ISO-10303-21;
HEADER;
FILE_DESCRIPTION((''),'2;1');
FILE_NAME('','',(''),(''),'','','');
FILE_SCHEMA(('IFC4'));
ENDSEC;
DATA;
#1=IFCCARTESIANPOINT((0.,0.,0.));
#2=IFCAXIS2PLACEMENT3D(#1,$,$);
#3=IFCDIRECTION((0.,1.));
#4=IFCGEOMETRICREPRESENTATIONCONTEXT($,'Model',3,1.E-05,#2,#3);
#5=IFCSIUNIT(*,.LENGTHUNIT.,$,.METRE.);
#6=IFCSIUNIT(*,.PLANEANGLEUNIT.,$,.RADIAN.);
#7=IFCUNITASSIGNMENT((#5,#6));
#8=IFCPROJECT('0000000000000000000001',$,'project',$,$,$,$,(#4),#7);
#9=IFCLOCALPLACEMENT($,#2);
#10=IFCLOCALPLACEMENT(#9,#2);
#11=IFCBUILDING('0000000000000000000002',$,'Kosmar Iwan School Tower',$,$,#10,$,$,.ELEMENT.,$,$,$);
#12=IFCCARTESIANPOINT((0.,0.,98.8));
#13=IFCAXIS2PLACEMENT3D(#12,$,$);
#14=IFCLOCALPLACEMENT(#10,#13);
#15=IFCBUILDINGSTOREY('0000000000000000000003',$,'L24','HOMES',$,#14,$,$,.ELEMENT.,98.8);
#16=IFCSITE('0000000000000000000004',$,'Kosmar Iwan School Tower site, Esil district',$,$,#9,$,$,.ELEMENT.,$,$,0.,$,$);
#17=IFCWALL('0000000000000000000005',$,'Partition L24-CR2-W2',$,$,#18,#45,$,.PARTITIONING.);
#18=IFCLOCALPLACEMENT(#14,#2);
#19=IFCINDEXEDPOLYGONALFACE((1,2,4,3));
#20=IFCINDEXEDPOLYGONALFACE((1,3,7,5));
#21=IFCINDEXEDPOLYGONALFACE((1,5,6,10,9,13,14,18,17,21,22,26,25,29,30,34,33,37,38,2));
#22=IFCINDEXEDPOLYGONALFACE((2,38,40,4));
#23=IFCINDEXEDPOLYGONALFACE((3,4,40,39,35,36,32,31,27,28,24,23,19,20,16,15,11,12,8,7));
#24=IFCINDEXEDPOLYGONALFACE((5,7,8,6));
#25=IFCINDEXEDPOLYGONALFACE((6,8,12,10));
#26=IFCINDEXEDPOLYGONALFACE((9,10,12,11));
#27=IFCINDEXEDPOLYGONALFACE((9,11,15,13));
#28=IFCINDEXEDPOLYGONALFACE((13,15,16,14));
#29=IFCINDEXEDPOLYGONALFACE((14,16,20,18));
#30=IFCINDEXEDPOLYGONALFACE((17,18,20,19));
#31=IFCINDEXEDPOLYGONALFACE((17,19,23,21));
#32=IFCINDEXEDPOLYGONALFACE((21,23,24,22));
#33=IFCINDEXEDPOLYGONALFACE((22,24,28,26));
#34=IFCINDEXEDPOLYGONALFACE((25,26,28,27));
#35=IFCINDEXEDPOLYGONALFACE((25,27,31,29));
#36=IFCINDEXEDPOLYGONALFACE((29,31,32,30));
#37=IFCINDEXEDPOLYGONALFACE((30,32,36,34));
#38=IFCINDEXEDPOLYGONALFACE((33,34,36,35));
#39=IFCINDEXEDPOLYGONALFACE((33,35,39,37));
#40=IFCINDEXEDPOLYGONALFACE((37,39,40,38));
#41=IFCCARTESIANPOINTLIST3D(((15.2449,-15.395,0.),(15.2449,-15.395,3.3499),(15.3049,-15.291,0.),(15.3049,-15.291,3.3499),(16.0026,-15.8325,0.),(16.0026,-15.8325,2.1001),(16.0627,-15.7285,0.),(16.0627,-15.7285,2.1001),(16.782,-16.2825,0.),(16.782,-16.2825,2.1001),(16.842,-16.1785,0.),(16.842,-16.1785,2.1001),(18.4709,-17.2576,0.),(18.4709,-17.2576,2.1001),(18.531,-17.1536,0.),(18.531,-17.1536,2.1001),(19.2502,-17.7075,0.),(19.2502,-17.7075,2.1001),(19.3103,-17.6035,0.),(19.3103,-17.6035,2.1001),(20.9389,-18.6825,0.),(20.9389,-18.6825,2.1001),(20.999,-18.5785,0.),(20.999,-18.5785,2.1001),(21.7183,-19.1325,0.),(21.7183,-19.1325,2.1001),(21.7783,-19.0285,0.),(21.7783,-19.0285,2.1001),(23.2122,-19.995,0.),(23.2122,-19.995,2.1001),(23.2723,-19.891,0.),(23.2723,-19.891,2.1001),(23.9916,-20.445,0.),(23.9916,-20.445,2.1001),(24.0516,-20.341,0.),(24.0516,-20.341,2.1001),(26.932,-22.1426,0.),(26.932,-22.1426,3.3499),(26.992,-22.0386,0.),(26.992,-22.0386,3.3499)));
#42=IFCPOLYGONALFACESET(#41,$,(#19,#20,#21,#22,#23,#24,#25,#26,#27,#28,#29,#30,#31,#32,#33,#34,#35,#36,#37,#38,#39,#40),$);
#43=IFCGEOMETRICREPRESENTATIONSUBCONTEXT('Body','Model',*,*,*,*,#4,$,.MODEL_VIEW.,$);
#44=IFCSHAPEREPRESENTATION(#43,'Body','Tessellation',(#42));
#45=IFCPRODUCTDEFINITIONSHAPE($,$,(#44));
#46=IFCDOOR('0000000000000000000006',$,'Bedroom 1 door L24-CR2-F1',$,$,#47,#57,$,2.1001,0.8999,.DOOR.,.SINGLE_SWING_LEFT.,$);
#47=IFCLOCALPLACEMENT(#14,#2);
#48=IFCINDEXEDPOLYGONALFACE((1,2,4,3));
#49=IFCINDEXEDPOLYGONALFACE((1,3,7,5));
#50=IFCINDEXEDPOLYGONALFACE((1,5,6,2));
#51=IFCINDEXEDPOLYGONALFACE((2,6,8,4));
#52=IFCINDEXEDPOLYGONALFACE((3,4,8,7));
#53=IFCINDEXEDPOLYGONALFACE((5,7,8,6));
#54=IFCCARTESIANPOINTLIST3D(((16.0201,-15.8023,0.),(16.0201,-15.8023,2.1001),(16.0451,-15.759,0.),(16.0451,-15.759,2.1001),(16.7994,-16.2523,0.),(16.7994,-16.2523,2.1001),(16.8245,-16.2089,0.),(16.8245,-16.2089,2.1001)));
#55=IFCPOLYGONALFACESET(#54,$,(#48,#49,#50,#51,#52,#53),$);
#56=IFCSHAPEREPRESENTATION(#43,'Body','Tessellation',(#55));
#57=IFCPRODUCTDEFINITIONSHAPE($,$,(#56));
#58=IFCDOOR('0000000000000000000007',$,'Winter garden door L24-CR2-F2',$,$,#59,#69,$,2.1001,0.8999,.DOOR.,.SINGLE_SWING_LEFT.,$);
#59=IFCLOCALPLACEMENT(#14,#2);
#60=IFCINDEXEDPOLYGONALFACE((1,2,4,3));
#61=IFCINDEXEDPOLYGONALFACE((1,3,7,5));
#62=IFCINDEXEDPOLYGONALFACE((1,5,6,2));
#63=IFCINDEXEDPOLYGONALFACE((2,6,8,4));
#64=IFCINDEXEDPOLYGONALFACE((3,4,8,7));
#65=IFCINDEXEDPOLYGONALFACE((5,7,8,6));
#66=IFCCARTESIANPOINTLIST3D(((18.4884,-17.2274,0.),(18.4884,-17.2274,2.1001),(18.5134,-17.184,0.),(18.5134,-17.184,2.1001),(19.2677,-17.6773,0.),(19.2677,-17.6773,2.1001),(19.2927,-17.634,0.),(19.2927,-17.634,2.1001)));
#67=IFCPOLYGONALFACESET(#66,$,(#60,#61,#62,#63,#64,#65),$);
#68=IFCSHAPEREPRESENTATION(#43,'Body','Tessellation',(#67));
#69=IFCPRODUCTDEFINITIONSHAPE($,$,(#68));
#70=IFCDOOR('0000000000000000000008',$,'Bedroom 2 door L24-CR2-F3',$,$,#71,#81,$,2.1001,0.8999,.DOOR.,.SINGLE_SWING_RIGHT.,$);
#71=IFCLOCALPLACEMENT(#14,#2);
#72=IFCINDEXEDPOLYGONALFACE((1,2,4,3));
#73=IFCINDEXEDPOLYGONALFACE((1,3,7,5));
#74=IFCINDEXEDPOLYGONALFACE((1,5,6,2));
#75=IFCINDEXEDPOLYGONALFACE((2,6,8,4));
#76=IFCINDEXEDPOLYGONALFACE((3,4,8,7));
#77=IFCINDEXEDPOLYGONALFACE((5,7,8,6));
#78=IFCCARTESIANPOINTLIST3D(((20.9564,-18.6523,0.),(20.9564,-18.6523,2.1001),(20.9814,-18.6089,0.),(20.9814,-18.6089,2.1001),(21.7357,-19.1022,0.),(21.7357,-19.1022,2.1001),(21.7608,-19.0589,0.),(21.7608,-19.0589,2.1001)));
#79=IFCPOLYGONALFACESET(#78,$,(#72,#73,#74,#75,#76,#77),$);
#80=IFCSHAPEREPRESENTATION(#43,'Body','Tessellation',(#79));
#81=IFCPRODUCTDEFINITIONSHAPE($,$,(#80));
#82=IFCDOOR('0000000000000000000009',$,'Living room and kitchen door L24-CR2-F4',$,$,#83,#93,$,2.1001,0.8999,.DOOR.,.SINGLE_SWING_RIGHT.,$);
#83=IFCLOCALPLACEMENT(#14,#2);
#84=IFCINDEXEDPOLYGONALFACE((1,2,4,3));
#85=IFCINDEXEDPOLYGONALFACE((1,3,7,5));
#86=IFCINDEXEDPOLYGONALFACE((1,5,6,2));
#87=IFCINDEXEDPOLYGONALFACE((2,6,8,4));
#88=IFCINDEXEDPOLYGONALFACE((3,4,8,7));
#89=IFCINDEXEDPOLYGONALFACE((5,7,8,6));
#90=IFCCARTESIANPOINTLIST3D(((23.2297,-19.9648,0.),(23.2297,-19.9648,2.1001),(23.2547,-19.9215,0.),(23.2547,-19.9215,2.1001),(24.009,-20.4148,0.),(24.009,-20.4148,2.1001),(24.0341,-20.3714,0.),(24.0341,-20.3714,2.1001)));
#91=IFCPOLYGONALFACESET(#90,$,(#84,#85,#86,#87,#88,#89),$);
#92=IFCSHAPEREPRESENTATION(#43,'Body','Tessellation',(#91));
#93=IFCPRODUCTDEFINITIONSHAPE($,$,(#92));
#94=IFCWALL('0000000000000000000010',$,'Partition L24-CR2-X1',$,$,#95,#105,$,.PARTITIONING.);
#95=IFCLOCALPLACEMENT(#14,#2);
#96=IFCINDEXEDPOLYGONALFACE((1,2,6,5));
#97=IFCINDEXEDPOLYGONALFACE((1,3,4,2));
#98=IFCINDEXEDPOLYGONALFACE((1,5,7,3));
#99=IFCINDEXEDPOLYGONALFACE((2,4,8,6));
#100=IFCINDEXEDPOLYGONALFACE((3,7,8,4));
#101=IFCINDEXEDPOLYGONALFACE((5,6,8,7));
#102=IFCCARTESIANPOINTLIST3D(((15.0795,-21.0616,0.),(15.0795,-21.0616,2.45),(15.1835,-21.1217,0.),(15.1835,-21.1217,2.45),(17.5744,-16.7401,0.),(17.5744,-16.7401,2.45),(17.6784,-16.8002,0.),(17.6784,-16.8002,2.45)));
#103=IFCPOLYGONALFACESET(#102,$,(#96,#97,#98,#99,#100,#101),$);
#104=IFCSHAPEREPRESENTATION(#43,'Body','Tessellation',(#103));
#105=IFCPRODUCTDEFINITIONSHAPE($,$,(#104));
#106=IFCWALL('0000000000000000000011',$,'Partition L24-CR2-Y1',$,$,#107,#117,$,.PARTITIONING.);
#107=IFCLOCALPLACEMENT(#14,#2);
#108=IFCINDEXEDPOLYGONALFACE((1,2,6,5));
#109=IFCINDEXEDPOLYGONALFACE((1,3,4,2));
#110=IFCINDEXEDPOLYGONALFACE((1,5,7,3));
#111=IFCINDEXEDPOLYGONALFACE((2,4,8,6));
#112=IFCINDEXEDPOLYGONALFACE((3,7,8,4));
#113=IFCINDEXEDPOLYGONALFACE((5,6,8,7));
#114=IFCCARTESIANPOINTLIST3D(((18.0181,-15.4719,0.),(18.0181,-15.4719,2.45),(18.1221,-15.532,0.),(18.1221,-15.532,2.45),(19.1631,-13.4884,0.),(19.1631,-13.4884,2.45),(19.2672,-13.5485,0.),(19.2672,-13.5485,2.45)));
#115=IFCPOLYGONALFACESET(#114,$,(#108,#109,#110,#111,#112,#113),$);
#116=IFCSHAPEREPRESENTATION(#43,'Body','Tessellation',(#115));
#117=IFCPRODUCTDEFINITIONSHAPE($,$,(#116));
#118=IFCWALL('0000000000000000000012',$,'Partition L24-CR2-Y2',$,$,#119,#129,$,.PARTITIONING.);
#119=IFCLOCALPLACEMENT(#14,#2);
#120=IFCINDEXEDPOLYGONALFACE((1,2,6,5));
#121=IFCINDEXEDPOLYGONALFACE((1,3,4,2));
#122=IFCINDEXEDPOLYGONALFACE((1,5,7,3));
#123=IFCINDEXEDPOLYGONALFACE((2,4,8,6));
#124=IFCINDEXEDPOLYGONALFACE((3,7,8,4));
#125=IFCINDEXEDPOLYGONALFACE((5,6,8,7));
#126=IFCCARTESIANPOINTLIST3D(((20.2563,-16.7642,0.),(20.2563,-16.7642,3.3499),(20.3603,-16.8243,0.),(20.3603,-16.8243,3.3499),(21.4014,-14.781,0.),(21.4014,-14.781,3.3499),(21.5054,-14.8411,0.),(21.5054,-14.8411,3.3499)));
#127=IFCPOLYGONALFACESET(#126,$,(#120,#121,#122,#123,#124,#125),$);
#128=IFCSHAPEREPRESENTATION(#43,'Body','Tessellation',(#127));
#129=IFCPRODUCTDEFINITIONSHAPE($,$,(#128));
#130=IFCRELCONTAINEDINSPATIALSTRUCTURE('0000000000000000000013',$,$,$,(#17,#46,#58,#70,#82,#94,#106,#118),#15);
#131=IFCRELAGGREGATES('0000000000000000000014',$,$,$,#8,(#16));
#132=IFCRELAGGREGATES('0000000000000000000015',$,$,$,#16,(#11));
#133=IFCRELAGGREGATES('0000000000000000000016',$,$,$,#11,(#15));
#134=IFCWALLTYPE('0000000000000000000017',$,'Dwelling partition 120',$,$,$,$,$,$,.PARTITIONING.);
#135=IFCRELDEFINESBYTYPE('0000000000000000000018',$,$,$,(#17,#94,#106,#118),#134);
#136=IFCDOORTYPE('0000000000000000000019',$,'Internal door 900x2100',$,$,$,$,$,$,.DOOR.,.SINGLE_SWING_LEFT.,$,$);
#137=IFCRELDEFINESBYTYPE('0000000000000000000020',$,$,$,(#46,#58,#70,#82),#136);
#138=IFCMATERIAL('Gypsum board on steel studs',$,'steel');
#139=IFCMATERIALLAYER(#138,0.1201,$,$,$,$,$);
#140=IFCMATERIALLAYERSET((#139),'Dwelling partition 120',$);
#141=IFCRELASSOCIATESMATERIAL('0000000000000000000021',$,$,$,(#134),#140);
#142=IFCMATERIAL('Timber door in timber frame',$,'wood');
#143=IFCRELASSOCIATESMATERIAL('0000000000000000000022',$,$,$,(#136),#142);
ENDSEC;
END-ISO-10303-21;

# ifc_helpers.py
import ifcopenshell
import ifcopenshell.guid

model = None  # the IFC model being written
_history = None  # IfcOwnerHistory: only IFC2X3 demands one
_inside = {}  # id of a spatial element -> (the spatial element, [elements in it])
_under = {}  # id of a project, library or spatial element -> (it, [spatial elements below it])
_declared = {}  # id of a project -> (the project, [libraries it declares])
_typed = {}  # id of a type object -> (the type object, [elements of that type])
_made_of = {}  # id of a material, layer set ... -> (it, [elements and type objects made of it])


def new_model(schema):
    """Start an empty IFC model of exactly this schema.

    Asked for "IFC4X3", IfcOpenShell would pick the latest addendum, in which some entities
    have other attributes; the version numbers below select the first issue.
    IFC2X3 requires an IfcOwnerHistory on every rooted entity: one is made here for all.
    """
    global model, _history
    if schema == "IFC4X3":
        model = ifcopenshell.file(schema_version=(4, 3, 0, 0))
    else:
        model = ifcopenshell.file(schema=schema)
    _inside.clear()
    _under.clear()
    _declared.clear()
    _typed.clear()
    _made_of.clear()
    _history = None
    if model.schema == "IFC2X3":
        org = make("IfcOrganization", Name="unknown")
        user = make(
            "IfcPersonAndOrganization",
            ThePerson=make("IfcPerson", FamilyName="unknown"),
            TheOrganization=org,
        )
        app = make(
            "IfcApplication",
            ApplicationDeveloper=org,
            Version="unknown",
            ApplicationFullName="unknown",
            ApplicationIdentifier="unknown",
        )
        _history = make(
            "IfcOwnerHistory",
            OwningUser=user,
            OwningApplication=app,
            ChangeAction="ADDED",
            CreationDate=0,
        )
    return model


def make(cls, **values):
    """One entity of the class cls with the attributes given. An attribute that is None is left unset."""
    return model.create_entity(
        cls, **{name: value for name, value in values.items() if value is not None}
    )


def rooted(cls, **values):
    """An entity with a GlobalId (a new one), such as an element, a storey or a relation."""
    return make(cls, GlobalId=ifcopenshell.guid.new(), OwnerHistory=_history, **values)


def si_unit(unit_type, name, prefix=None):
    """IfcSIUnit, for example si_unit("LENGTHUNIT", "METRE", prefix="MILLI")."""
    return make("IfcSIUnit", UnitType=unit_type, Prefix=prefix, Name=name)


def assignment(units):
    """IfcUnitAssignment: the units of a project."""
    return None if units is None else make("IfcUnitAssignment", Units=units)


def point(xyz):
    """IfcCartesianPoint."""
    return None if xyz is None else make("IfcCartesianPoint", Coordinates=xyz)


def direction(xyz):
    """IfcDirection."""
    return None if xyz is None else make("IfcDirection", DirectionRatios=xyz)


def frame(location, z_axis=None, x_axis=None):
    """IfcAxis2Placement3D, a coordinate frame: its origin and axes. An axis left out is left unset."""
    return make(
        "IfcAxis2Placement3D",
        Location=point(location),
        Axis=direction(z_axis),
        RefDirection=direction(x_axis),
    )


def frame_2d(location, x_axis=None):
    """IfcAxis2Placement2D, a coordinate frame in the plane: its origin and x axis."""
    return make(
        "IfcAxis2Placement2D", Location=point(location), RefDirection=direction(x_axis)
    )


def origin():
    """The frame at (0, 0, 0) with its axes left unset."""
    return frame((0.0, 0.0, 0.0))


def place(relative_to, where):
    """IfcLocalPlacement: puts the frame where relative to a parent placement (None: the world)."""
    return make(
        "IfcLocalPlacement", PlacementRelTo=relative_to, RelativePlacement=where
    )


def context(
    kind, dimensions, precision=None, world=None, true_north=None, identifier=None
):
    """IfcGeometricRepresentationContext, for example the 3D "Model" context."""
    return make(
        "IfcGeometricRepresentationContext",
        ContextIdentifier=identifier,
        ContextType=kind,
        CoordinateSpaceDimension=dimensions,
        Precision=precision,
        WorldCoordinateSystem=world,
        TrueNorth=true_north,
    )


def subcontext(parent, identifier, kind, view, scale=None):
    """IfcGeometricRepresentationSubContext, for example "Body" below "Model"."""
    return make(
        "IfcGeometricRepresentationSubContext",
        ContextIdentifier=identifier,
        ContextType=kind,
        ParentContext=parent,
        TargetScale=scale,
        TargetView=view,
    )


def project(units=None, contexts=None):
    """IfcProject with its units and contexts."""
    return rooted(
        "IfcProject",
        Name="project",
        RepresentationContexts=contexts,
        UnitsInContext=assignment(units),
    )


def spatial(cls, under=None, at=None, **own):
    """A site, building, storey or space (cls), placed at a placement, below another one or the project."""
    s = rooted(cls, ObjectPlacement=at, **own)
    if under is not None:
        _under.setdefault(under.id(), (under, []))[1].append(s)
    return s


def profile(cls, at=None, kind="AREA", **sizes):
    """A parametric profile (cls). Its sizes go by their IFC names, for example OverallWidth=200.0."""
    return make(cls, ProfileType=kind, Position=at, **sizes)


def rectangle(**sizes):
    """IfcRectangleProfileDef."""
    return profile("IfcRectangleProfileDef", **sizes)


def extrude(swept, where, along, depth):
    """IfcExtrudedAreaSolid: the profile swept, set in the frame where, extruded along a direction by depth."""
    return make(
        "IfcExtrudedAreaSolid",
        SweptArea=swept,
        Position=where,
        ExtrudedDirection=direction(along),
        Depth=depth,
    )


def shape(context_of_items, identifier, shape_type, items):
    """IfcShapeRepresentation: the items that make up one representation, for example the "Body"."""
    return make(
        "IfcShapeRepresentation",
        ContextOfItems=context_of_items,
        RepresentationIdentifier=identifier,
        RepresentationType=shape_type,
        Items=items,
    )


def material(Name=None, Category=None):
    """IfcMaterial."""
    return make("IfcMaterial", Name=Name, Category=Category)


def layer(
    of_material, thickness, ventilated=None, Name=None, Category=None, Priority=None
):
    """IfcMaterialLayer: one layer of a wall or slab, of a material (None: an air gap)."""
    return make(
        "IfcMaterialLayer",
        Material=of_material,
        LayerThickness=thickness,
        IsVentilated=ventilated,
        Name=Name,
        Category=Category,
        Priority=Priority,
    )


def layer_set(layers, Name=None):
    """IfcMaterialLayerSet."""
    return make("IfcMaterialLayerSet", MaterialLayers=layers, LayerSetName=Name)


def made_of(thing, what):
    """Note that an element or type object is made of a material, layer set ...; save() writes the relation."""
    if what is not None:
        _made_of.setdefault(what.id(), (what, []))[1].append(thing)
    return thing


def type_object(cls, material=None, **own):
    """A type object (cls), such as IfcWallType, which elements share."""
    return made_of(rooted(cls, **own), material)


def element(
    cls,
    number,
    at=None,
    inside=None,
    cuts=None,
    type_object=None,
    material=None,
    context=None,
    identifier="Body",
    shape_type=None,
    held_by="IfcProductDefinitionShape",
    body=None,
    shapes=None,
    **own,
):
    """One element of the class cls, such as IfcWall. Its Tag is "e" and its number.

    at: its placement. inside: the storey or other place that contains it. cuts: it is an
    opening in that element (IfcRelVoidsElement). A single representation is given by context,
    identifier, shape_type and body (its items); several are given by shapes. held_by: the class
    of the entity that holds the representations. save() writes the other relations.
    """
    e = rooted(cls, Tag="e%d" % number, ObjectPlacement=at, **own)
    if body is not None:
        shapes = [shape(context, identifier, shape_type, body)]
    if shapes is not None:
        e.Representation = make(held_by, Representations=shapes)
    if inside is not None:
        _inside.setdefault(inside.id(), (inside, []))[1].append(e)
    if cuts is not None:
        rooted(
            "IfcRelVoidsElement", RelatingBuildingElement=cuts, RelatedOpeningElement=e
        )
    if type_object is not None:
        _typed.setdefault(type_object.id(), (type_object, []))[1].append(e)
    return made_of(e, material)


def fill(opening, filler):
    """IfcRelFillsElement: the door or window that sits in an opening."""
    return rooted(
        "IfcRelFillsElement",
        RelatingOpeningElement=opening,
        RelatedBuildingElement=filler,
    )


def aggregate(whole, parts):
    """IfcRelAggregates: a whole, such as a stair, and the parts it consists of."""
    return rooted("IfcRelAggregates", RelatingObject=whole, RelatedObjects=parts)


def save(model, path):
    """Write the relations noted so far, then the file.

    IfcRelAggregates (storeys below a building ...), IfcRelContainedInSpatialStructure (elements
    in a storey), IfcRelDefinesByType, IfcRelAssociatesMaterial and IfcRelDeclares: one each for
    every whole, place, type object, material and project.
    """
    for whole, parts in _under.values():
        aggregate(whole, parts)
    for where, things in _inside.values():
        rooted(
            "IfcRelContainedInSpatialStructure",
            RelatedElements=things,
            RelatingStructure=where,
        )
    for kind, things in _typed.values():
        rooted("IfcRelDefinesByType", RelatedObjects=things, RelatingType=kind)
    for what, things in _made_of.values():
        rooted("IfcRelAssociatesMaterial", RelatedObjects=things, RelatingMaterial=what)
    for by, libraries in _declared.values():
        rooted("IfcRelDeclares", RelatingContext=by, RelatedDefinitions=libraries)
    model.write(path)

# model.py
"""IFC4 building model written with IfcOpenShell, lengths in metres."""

from ifc_helpers import new_model, si_unit, direction, frame, frame_2d, origin, place, context, subcontext, project, spatial, rectangle, extrude, material, layer, layer_set, type_object, element, fill, save


model = new_model("IFC4")

# Units and contexts
model_context = context("Model", 3, precision=1e-05, world=origin(), true_north=direction((0.0, 1.0)))
body_context = subcontext(model_context, "Body", "Model", "MODEL_VIEW")
ifc_project = project(units=[si_unit("LENGTHUNIT", "METRE"), si_unit("PLANEANGLEUNIT", "RADIAN")], contexts=[model_context])

# Site, building, storey
site_placement = place(None, origin())
site = spatial("IfcSite", under=ifc_project, at=site_placement, Name="Kosmar Iwan School Tower site, Esil district", CompositionType="ELEMENT", RefElevation=0.0)
building_placement = place(site_placement, origin())
building = spatial("IfcBuilding", under=site, at=building_placement, Name="Kosmar Iwan School Tower", CompositionType="ELEMENT")
storey_placement = place(building_placement, frame((0.0, 0.0, 98.8)))
storey = spatial("IfcBuildingStorey", under=building, at=storey_placement, Name="L24", Description="HOMES", CompositionType="ELEMENT", Elevation=98.8)

# Wall, openings, doors
ifc_material_1 = material(Name="Gypsum board on steel studs", Category="steel")
ifc_layer_1 = layer(ifc_material_1, 0.1201)
ifc_layer_set_1 = layer_set([ifc_layer_1], Name="Dwelling partition 120")
wall_type_1 = type_object("IfcWallType", Name="Dwelling partition 120", PredefinedType="PARTITIONING", material=ifc_layer_set_1)
ifc_material_2 = material(Name="Timber door in timber frame", Category="wood")
door_type_1 = type_object("IfcDoorType", Name="Internal door 900x2100", OperationType="SINGLE_SWING_LEFT", PredefinedType="DOOR", material=ifc_material_2)
wall_1_placement = place(storey_placement, frame((15.2749, -15.343, 0.0), z_axis=(0.0, 0.0, 1.0), x_axis=(0.866024, -0.500003, 0.0)))
wall_1 = element("IfcWall", 1, at=wall_1_placement, inside=storey, type_object=wall_type_1, Name="Partition L24-CR2-W2", PredefinedType="PARTITIONING", context=body_context, shape_type="SweptSolid", body=[
    extrude(rectangle(XDim=13.4951, YDim=0.1201, at=frame_2d((6.7476, 0.0))), origin(), (0.0, 0.0, 1.0), 3.3499),
])
opening_1_placement = place(wall_1_placement, frame((0.875, 0.0, 0.0)))
opening_1 = element("IfcOpeningElement", 2, at=opening_1_placement, cuts=wall_1, PredefinedType="OPENING", context=body_context, shape_type="SweptSolid", body=[
    extrude(rectangle(XDim=0.8999, YDim=2.1001, at=frame_2d((0.45, 1.05))), frame((0.0, 0.072, 0.0), z_axis=(0.0, -1.0, 0.0), x_axis=(1.0, 0.0, 0.0)), (0.0, 0.0, 1.0), 0.144),
])
opening_2_placement = place(wall_1_placement, frame((3.7251, 0.0, 0.0)))
opening_2 = element("IfcOpeningElement", 3, at=opening_2_placement, cuts=wall_1, PredefinedType="OPENING", context=body_context, shape_type="SweptSolid", body=[
    extrude(rectangle(XDim=0.8999, YDim=2.1001, at=frame_2d((0.45, 1.05))), frame((0.0, 0.072, 0.0), z_axis=(0.0, -1.0, 0.0), x_axis=(1.0, 0.0, 0.0)), (0.0, 0.0, 1.0), 0.144),
])
opening_3_placement = place(wall_1_placement, frame((6.575, 0.0, 0.0)))
opening_3 = element("IfcOpeningElement", 4, at=opening_3_placement, cuts=wall_1, PredefinedType="OPENING", context=body_context, shape_type="SweptSolid", body=[
    extrude(rectangle(XDim=0.8999, YDim=2.1001, at=frame_2d((0.45, 1.05))), frame((0.0, 0.072, 0.0), z_axis=(0.0, -1.0, 0.0), x_axis=(1.0, 0.0, 0.0)), (0.0, 0.0, 1.0), 0.144),
])
opening_4_placement = place(wall_1_placement, frame((9.2, 0.0, 0.0)))
opening_4 = element("IfcOpeningElement", 5, at=opening_4_placement, cuts=wall_1, PredefinedType="OPENING", context=body_context, shape_type="SweptSolid", body=[
    extrude(rectangle(XDim=0.8999, YDim=2.1001, at=frame_2d((0.45, 1.05))), frame((0.0, 0.072, 0.0), z_axis=(0.0, -1.0, 0.0), x_axis=(1.0, 0.0, 0.0)), (0.0, 0.0, 1.0), 0.144),
])
door_1_placement = place(opening_1_placement, origin())
door_1 = element("IfcDoor", 6, at=door_1_placement, inside=storey, type_object=door_type_1, Name="Bedroom 1 door L24-CR2-F1", OperationType="SINGLE_SWING_LEFT", OverallHeight=2.1001, OverallWidth=0.8999, PredefinedType="DOOR", context=body_context, shape_type="SweptSolid", body=[
    extrude(rectangle(XDim=0.8999, YDim=2.1001, at=frame_2d((0.45, 1.05))), frame((0.0, 0.0249, 0.0), z_axis=(0.0, -1.0, 0.0), x_axis=(1.0, 0.0, 0.0)), (0.0, 0.0, 1.0), 0.05),
])
fill(opening_1, door_1)
door_2_placement = place(opening_2_placement, origin())
door_2 = element("IfcDoor", 7, at=door_2_placement, inside=storey, type_object=door_type_1, Name="Winter garden door L24-CR2-F2", OperationType="SINGLE_SWING_LEFT", OverallHeight=2.1001, OverallWidth=0.8999, PredefinedType="DOOR", context=body_context, shape_type="SweptSolid", body=[
    extrude(rectangle(XDim=0.8999, YDim=2.1001, at=frame_2d((0.45, 1.05))), frame((0.0, 0.0249, 0.0), z_axis=(0.0, -1.0, 0.0), x_axis=(1.0, 0.0, 0.0)), (0.0, 0.0, 1.0), 0.05),
])
fill(opening_2, door_2)
door_3_placement = place(opening_3_placement, origin())
door_3 = element("IfcDoor", 8, at=door_3_placement, inside=storey, type_object=door_type_1, Name="Bedroom 2 door L24-CR2-F3", OperationType="SINGLE_SWING_RIGHT", OverallHeight=2.1001, OverallWidth=0.8999, PredefinedType="DOOR", context=body_context, shape_type="SweptSolid", body=[
    extrude(rectangle(XDim=0.8999, YDim=2.1001, at=frame_2d((0.45, 1.05))), frame((0.0, 0.0249, 0.0), z_axis=(0.0, -1.0, 0.0), x_axis=(1.0, 0.0, 0.0)), (0.0, 0.0, 1.0), 0.05),
])
fill(opening_3, door_3)
door_4_placement = place(opening_4_placement, origin())
door_4 = element("IfcDoor", 9, at=door_4_placement, inside=storey, type_object=door_type_1, Name="Living room and kitchen door L24-CR2-F4", OperationType="SINGLE_SWING_RIGHT", OverallHeight=2.1001, OverallWidth=0.8999, PredefinedType="DOOR", context=body_context, shape_type="SweptSolid", body=[
    extrude(rectangle(XDim=0.8999, YDim=2.1001, at=frame_2d((0.45, 1.05))), frame((0.0, 0.0249, 0.0), z_axis=(0.0, -1.0, 0.0), x_axis=(1.0, 0.0, 0.0)), (0.0, 0.0, 1.0), 0.05),
])
fill(opening_4, door_4)

# Walls
wall_2_placement = place(storey_placement, frame((17.6265, -16.77, 0.0), z_axis=(0.0, 0.0, 1.0), x_axis=(-0.499975, -0.86604, 0.0)))
element("IfcWall", 10, at=wall_2_placement, inside=storey, type_object=wall_type_1, Name="Partition L24-CR2-X1", PredefinedType="PARTITIONING", context=body_context, shape_type="SweptSolid", body=[
    extrude(rectangle(XDim=4.99, YDim=0.1201, at=frame_2d((2.4951, 0.0))), origin(), (0.0, 0.0, 1.0), 2.45),
])
wall_3_placement = place(storey_placement, frame((19.2151, -13.5186, 0.0), z_axis=(0.0, 0.0, 1.0), x_axis=(-0.499969, -0.866044, 0.0)))
element("IfcWall", 11, at=wall_3_placement, inside=storey, type_object=wall_type_1, Name="Partition L24-CR2-Y1", PredefinedType="PARTITIONING", context=body_context, shape_type="SweptSolid", body=[
    extrude(rectangle(XDim=2.2903, YDim=0.1201, at=frame_2d((1.145, 0.0))), origin(), (0.0, 0.0, 1.0), 2.45),
])
wall_4_placement = place(storey_placement, frame((21.4534, -14.811, 0.0), z_axis=(0.0, 0.0, 1.0), x_axis=(-0.500015, -0.866017, 0.0)))
element("IfcWall", 12, at=wall_4_placement, inside=storey, type_object=wall_type_1, Name="Partition L24-CR2-Y2", PredefinedType="PARTITIONING", context=body_context, shape_type="SweptSolid", body=[
    extrude(rectangle(XDim=2.29, YDim=0.1201, at=frame_2d((1.145, 0.0))), origin(), (0.0, 0.0, 1.0), 3.3499),
])

save(model, "model.ifc")
